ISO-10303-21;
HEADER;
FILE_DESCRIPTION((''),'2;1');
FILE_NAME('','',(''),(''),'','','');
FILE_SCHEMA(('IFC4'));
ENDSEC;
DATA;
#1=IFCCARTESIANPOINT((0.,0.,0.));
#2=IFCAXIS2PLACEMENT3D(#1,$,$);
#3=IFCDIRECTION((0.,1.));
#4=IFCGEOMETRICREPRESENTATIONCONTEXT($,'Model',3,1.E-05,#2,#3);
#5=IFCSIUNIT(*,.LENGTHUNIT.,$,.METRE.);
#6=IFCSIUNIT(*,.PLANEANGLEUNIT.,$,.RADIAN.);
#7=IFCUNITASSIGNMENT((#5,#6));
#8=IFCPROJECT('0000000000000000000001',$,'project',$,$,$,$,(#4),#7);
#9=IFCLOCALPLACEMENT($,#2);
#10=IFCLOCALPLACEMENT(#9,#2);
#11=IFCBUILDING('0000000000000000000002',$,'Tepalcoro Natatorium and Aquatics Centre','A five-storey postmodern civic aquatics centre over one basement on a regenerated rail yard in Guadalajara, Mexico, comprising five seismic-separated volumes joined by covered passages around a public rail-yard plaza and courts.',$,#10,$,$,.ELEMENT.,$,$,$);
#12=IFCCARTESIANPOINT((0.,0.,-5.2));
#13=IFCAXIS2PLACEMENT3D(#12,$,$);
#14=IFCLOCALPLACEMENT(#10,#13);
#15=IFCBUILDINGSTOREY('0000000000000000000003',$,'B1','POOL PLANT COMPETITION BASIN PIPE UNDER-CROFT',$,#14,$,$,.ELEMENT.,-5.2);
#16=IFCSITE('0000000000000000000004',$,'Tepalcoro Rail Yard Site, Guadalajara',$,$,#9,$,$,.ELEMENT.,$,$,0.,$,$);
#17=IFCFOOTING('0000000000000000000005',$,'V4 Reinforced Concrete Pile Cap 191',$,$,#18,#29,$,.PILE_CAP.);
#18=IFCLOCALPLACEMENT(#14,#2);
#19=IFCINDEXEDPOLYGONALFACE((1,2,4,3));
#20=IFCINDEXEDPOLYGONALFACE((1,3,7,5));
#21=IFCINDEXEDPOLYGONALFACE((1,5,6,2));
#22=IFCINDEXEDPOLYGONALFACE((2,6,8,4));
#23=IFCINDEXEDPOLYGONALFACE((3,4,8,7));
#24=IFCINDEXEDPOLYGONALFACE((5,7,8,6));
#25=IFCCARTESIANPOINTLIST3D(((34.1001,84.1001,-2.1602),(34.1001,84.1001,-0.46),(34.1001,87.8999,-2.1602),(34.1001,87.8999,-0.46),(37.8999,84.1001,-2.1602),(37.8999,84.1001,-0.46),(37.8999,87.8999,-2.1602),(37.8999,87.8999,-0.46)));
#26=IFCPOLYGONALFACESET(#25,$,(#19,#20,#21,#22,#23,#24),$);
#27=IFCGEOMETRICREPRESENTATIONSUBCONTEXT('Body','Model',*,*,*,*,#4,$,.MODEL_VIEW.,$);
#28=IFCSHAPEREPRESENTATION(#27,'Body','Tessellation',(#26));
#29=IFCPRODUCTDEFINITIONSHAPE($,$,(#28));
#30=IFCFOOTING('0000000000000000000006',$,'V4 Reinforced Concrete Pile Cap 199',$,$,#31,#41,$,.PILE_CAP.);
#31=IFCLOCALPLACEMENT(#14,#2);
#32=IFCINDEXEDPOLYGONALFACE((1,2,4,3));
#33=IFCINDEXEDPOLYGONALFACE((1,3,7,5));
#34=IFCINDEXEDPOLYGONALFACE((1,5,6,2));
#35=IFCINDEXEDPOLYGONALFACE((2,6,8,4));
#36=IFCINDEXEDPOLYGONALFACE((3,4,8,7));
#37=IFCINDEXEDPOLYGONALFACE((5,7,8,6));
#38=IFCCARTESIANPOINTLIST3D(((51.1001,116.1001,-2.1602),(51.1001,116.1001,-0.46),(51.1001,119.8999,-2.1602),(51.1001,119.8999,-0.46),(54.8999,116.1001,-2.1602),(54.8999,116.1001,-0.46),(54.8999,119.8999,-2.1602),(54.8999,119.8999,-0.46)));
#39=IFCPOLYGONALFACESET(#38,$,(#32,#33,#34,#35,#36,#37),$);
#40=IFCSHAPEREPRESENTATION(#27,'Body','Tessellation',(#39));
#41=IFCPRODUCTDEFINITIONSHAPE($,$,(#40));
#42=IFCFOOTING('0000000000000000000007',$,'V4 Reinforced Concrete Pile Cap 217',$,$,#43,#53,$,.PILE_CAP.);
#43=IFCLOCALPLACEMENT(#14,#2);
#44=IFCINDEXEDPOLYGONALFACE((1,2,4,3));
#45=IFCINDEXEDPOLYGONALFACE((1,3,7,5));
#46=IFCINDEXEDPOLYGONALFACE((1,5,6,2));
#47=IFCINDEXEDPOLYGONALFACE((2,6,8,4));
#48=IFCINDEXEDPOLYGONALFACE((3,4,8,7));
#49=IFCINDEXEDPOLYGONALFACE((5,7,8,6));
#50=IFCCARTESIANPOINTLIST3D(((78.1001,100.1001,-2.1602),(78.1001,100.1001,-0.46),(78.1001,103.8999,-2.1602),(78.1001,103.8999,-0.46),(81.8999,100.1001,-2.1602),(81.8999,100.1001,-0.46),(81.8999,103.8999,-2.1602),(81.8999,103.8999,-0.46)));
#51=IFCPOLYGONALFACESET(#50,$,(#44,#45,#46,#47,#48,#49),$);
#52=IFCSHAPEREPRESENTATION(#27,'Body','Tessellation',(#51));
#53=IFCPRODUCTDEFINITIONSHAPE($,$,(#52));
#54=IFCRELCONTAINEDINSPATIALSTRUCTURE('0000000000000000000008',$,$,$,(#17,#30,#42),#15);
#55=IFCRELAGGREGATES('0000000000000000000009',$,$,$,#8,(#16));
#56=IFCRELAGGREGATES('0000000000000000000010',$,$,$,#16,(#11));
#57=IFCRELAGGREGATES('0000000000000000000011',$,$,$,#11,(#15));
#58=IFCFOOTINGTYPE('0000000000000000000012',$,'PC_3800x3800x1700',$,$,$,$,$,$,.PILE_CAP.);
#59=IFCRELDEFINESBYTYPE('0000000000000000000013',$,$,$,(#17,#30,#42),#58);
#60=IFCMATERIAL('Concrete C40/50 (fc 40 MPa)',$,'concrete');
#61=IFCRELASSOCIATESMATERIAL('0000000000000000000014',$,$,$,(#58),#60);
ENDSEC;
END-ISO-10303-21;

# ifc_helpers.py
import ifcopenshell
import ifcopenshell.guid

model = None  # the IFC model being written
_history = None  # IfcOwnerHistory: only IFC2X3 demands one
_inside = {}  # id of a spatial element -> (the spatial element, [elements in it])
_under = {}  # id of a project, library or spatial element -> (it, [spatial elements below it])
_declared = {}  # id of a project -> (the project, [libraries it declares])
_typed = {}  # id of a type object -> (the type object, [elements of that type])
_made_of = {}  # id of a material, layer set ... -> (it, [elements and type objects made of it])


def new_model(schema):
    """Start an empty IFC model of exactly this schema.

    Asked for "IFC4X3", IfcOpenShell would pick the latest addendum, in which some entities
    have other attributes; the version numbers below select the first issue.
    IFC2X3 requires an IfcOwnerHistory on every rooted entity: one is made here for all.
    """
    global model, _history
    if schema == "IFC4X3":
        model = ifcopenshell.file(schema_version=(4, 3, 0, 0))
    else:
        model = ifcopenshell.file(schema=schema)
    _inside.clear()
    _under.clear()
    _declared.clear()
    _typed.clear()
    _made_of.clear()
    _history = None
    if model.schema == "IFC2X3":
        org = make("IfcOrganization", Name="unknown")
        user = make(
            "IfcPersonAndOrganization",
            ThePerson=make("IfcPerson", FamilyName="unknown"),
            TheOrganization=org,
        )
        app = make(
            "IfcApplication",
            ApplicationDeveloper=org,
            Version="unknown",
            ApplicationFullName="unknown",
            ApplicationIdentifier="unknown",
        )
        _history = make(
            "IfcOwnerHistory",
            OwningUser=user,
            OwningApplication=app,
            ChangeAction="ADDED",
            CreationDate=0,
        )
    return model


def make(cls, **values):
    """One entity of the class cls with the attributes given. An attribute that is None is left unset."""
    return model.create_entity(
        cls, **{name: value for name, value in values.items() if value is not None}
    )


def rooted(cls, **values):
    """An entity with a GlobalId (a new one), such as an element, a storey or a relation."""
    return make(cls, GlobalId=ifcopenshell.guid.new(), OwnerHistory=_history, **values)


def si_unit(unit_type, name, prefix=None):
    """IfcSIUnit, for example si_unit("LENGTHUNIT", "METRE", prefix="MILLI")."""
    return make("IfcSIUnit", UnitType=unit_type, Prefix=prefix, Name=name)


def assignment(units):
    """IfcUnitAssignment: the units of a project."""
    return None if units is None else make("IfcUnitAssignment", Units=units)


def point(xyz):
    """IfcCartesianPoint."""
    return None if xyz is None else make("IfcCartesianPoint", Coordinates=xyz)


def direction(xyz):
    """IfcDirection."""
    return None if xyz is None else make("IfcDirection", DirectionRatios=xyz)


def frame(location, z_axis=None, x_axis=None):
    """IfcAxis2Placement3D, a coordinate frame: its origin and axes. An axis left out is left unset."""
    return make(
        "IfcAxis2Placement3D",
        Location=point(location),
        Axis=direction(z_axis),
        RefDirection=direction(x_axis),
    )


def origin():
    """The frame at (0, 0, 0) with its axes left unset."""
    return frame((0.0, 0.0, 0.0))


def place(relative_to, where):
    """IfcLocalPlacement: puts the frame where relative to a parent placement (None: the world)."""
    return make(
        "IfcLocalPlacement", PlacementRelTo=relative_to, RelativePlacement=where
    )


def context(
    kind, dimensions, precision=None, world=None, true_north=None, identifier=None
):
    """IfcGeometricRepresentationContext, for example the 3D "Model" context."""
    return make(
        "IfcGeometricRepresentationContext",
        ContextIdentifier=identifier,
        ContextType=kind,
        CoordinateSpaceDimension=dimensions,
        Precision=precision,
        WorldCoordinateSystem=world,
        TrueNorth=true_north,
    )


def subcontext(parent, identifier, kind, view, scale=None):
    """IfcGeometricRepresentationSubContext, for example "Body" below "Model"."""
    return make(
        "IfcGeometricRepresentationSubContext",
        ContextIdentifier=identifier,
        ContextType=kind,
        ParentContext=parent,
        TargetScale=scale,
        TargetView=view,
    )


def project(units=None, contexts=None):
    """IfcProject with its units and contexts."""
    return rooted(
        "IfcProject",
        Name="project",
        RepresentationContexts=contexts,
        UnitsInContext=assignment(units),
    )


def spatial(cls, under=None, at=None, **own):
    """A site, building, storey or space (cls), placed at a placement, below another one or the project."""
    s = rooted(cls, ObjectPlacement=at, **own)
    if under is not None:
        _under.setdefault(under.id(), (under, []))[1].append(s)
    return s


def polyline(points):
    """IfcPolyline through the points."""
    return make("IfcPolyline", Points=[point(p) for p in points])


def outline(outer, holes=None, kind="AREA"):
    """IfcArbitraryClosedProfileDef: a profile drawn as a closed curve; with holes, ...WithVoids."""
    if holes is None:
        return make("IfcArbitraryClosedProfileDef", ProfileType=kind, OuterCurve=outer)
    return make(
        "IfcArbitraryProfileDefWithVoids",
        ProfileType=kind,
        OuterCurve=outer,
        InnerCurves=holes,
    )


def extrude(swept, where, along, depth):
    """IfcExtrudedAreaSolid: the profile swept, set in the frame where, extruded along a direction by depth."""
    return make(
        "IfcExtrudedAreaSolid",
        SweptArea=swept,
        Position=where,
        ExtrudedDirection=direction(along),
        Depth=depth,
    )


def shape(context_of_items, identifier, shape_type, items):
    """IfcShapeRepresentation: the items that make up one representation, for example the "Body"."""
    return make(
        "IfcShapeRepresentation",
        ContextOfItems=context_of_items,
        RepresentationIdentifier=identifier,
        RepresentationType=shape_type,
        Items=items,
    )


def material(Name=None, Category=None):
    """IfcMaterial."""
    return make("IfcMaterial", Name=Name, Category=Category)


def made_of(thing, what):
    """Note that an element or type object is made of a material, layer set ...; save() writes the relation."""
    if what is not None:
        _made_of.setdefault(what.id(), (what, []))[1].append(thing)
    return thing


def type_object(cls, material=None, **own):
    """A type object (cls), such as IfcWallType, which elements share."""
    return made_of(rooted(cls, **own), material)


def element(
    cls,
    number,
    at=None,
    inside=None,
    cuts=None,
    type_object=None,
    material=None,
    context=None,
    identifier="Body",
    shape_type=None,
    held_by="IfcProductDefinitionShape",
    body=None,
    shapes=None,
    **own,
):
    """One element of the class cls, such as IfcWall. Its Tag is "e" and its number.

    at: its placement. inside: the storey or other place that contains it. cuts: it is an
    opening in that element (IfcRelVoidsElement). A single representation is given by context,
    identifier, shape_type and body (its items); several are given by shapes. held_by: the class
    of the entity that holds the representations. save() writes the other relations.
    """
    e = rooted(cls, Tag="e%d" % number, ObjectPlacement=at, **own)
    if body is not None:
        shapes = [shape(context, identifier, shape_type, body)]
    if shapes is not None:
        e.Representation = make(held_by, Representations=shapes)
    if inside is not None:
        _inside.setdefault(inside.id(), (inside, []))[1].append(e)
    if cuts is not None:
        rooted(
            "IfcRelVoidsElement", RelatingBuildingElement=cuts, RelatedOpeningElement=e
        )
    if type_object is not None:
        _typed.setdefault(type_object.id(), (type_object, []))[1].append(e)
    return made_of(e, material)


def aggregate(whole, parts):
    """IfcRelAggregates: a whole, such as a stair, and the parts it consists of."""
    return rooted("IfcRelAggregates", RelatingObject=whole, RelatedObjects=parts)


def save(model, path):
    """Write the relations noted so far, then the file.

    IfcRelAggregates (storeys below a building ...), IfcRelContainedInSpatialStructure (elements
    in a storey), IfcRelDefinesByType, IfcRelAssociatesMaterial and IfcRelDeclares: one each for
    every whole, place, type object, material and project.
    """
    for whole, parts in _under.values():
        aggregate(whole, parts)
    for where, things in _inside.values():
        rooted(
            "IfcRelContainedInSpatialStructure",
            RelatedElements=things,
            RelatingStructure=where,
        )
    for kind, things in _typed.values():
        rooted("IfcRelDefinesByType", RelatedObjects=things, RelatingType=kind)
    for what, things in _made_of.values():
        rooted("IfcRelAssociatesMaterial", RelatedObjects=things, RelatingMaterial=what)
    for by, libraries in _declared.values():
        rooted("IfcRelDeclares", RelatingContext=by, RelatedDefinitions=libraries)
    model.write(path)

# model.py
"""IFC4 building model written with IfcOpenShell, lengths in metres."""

from ifc_helpers import new_model, si_unit, direction, frame, origin, place, context, subcontext, project, spatial, polyline, outline, extrude, material, type_object, element, save


model = new_model("IFC4")

# Units and contexts
model_context = context("Model", 3, precision=1e-05, world=origin(), true_north=direction((0.0, 1.0)))
body_context = subcontext(model_context, "Body", "Model", "MODEL_VIEW")
ifc_project = project(units=[si_unit("LENGTHUNIT", "METRE"), si_unit("PLANEANGLEUNIT", "RADIAN")], contexts=[model_context])

# Site, building, storey
site_placement = place(None, origin())
site = spatial("IfcSite", under=ifc_project, at=site_placement, Name="Tepalcoro Rail Yard Site, Guadalajara", CompositionType="ELEMENT", RefElevation=0.0)
building_placement = place(site_placement, origin())
building = spatial("IfcBuilding", under=site, at=building_placement, Name="Tepalcoro Natatorium and Aquatics Centre", Description="A five-storey postmodern civic aquatics centre over one basement on a regenerated rail yard in Guadalajara, Mexico, comprising five seismic-separated volumes joined by covered passages around a public rail-yard plaza and courts.", CompositionType="ELEMENT")
storey_placement = place(building_placement, frame((0.0, 0.0, -5.2)))
storey = spatial("IfcBuildingStorey", under=building, at=storey_placement, Name="B1", Description="POOL PLANT COMPETITION BASIN PIPE UNDER-CROFT", CompositionType="ELEMENT", Elevation=-5.2)

# Footings
ifc_material = material(Name="Concrete C40/50 (fc 40 MPa)", Category="concrete")
footing_type_1 = type_object("IfcFootingType", Name="PC_3800x3800x1700", PredefinedType="PILE_CAP", material=ifc_material)
footing_1_placement = place(storey_placement, frame((0.0, 0.0, -2.1602)))
element("IfcFooting", 1, at=footing_1_placement, inside=storey, type_object=footing_type_1, Name="V4 Reinforced Concrete Pile Cap 191", PredefinedType="PILE_CAP", context=body_context, shape_type="SweptSolid", body=[
    extrude(outline(polyline([(34.1001, 84.1001), (37.8999, 84.1001), (37.8999, 87.8999), (34.1001, 87.8999), (34.1001, 84.1001)])), origin(), (0.0, 0.0, 1.0), 1.7002),
])
footing_2_placement = place(storey_placement, frame((0.0, 0.0, -2.1602)))
element("IfcFooting", 2, at=footing_2_placement, inside=storey, type_object=footing_type_1, Name="V4 Reinforced Concrete Pile Cap 199", PredefinedType="PILE_CAP", context=body_context, shape_type="SweptSolid", body=[
    extrude(outline(polyline([(51.1001, 116.1001), (54.8999, 116.1001), (54.8999, 119.8999), (51.1001, 119.8999), (51.1001, 116.1001)])), origin(), (0.0, 0.0, 1.0), 1.7002),
])
footing_3_placement = place(storey_placement, frame((0.0, 0.0, -2.1602)))
element("IfcFooting", 3, at=footing_3_placement, inside=storey, type_object=footing_type_1, Name="V4 Reinforced Concrete Pile Cap 217", PredefinedType="PILE_CAP", context=body_context, shape_type="SweptSolid", body=[
    extrude(outline(polyline([(78.1001, 100.1001), (81.8999, 100.1001), (81.8999, 103.8999), (78.1001, 103.8999), (78.1001, 100.1001)])), origin(), (0.0, 0.0, 1.0), 1.7002),
])

save(model, "model.ifc")
